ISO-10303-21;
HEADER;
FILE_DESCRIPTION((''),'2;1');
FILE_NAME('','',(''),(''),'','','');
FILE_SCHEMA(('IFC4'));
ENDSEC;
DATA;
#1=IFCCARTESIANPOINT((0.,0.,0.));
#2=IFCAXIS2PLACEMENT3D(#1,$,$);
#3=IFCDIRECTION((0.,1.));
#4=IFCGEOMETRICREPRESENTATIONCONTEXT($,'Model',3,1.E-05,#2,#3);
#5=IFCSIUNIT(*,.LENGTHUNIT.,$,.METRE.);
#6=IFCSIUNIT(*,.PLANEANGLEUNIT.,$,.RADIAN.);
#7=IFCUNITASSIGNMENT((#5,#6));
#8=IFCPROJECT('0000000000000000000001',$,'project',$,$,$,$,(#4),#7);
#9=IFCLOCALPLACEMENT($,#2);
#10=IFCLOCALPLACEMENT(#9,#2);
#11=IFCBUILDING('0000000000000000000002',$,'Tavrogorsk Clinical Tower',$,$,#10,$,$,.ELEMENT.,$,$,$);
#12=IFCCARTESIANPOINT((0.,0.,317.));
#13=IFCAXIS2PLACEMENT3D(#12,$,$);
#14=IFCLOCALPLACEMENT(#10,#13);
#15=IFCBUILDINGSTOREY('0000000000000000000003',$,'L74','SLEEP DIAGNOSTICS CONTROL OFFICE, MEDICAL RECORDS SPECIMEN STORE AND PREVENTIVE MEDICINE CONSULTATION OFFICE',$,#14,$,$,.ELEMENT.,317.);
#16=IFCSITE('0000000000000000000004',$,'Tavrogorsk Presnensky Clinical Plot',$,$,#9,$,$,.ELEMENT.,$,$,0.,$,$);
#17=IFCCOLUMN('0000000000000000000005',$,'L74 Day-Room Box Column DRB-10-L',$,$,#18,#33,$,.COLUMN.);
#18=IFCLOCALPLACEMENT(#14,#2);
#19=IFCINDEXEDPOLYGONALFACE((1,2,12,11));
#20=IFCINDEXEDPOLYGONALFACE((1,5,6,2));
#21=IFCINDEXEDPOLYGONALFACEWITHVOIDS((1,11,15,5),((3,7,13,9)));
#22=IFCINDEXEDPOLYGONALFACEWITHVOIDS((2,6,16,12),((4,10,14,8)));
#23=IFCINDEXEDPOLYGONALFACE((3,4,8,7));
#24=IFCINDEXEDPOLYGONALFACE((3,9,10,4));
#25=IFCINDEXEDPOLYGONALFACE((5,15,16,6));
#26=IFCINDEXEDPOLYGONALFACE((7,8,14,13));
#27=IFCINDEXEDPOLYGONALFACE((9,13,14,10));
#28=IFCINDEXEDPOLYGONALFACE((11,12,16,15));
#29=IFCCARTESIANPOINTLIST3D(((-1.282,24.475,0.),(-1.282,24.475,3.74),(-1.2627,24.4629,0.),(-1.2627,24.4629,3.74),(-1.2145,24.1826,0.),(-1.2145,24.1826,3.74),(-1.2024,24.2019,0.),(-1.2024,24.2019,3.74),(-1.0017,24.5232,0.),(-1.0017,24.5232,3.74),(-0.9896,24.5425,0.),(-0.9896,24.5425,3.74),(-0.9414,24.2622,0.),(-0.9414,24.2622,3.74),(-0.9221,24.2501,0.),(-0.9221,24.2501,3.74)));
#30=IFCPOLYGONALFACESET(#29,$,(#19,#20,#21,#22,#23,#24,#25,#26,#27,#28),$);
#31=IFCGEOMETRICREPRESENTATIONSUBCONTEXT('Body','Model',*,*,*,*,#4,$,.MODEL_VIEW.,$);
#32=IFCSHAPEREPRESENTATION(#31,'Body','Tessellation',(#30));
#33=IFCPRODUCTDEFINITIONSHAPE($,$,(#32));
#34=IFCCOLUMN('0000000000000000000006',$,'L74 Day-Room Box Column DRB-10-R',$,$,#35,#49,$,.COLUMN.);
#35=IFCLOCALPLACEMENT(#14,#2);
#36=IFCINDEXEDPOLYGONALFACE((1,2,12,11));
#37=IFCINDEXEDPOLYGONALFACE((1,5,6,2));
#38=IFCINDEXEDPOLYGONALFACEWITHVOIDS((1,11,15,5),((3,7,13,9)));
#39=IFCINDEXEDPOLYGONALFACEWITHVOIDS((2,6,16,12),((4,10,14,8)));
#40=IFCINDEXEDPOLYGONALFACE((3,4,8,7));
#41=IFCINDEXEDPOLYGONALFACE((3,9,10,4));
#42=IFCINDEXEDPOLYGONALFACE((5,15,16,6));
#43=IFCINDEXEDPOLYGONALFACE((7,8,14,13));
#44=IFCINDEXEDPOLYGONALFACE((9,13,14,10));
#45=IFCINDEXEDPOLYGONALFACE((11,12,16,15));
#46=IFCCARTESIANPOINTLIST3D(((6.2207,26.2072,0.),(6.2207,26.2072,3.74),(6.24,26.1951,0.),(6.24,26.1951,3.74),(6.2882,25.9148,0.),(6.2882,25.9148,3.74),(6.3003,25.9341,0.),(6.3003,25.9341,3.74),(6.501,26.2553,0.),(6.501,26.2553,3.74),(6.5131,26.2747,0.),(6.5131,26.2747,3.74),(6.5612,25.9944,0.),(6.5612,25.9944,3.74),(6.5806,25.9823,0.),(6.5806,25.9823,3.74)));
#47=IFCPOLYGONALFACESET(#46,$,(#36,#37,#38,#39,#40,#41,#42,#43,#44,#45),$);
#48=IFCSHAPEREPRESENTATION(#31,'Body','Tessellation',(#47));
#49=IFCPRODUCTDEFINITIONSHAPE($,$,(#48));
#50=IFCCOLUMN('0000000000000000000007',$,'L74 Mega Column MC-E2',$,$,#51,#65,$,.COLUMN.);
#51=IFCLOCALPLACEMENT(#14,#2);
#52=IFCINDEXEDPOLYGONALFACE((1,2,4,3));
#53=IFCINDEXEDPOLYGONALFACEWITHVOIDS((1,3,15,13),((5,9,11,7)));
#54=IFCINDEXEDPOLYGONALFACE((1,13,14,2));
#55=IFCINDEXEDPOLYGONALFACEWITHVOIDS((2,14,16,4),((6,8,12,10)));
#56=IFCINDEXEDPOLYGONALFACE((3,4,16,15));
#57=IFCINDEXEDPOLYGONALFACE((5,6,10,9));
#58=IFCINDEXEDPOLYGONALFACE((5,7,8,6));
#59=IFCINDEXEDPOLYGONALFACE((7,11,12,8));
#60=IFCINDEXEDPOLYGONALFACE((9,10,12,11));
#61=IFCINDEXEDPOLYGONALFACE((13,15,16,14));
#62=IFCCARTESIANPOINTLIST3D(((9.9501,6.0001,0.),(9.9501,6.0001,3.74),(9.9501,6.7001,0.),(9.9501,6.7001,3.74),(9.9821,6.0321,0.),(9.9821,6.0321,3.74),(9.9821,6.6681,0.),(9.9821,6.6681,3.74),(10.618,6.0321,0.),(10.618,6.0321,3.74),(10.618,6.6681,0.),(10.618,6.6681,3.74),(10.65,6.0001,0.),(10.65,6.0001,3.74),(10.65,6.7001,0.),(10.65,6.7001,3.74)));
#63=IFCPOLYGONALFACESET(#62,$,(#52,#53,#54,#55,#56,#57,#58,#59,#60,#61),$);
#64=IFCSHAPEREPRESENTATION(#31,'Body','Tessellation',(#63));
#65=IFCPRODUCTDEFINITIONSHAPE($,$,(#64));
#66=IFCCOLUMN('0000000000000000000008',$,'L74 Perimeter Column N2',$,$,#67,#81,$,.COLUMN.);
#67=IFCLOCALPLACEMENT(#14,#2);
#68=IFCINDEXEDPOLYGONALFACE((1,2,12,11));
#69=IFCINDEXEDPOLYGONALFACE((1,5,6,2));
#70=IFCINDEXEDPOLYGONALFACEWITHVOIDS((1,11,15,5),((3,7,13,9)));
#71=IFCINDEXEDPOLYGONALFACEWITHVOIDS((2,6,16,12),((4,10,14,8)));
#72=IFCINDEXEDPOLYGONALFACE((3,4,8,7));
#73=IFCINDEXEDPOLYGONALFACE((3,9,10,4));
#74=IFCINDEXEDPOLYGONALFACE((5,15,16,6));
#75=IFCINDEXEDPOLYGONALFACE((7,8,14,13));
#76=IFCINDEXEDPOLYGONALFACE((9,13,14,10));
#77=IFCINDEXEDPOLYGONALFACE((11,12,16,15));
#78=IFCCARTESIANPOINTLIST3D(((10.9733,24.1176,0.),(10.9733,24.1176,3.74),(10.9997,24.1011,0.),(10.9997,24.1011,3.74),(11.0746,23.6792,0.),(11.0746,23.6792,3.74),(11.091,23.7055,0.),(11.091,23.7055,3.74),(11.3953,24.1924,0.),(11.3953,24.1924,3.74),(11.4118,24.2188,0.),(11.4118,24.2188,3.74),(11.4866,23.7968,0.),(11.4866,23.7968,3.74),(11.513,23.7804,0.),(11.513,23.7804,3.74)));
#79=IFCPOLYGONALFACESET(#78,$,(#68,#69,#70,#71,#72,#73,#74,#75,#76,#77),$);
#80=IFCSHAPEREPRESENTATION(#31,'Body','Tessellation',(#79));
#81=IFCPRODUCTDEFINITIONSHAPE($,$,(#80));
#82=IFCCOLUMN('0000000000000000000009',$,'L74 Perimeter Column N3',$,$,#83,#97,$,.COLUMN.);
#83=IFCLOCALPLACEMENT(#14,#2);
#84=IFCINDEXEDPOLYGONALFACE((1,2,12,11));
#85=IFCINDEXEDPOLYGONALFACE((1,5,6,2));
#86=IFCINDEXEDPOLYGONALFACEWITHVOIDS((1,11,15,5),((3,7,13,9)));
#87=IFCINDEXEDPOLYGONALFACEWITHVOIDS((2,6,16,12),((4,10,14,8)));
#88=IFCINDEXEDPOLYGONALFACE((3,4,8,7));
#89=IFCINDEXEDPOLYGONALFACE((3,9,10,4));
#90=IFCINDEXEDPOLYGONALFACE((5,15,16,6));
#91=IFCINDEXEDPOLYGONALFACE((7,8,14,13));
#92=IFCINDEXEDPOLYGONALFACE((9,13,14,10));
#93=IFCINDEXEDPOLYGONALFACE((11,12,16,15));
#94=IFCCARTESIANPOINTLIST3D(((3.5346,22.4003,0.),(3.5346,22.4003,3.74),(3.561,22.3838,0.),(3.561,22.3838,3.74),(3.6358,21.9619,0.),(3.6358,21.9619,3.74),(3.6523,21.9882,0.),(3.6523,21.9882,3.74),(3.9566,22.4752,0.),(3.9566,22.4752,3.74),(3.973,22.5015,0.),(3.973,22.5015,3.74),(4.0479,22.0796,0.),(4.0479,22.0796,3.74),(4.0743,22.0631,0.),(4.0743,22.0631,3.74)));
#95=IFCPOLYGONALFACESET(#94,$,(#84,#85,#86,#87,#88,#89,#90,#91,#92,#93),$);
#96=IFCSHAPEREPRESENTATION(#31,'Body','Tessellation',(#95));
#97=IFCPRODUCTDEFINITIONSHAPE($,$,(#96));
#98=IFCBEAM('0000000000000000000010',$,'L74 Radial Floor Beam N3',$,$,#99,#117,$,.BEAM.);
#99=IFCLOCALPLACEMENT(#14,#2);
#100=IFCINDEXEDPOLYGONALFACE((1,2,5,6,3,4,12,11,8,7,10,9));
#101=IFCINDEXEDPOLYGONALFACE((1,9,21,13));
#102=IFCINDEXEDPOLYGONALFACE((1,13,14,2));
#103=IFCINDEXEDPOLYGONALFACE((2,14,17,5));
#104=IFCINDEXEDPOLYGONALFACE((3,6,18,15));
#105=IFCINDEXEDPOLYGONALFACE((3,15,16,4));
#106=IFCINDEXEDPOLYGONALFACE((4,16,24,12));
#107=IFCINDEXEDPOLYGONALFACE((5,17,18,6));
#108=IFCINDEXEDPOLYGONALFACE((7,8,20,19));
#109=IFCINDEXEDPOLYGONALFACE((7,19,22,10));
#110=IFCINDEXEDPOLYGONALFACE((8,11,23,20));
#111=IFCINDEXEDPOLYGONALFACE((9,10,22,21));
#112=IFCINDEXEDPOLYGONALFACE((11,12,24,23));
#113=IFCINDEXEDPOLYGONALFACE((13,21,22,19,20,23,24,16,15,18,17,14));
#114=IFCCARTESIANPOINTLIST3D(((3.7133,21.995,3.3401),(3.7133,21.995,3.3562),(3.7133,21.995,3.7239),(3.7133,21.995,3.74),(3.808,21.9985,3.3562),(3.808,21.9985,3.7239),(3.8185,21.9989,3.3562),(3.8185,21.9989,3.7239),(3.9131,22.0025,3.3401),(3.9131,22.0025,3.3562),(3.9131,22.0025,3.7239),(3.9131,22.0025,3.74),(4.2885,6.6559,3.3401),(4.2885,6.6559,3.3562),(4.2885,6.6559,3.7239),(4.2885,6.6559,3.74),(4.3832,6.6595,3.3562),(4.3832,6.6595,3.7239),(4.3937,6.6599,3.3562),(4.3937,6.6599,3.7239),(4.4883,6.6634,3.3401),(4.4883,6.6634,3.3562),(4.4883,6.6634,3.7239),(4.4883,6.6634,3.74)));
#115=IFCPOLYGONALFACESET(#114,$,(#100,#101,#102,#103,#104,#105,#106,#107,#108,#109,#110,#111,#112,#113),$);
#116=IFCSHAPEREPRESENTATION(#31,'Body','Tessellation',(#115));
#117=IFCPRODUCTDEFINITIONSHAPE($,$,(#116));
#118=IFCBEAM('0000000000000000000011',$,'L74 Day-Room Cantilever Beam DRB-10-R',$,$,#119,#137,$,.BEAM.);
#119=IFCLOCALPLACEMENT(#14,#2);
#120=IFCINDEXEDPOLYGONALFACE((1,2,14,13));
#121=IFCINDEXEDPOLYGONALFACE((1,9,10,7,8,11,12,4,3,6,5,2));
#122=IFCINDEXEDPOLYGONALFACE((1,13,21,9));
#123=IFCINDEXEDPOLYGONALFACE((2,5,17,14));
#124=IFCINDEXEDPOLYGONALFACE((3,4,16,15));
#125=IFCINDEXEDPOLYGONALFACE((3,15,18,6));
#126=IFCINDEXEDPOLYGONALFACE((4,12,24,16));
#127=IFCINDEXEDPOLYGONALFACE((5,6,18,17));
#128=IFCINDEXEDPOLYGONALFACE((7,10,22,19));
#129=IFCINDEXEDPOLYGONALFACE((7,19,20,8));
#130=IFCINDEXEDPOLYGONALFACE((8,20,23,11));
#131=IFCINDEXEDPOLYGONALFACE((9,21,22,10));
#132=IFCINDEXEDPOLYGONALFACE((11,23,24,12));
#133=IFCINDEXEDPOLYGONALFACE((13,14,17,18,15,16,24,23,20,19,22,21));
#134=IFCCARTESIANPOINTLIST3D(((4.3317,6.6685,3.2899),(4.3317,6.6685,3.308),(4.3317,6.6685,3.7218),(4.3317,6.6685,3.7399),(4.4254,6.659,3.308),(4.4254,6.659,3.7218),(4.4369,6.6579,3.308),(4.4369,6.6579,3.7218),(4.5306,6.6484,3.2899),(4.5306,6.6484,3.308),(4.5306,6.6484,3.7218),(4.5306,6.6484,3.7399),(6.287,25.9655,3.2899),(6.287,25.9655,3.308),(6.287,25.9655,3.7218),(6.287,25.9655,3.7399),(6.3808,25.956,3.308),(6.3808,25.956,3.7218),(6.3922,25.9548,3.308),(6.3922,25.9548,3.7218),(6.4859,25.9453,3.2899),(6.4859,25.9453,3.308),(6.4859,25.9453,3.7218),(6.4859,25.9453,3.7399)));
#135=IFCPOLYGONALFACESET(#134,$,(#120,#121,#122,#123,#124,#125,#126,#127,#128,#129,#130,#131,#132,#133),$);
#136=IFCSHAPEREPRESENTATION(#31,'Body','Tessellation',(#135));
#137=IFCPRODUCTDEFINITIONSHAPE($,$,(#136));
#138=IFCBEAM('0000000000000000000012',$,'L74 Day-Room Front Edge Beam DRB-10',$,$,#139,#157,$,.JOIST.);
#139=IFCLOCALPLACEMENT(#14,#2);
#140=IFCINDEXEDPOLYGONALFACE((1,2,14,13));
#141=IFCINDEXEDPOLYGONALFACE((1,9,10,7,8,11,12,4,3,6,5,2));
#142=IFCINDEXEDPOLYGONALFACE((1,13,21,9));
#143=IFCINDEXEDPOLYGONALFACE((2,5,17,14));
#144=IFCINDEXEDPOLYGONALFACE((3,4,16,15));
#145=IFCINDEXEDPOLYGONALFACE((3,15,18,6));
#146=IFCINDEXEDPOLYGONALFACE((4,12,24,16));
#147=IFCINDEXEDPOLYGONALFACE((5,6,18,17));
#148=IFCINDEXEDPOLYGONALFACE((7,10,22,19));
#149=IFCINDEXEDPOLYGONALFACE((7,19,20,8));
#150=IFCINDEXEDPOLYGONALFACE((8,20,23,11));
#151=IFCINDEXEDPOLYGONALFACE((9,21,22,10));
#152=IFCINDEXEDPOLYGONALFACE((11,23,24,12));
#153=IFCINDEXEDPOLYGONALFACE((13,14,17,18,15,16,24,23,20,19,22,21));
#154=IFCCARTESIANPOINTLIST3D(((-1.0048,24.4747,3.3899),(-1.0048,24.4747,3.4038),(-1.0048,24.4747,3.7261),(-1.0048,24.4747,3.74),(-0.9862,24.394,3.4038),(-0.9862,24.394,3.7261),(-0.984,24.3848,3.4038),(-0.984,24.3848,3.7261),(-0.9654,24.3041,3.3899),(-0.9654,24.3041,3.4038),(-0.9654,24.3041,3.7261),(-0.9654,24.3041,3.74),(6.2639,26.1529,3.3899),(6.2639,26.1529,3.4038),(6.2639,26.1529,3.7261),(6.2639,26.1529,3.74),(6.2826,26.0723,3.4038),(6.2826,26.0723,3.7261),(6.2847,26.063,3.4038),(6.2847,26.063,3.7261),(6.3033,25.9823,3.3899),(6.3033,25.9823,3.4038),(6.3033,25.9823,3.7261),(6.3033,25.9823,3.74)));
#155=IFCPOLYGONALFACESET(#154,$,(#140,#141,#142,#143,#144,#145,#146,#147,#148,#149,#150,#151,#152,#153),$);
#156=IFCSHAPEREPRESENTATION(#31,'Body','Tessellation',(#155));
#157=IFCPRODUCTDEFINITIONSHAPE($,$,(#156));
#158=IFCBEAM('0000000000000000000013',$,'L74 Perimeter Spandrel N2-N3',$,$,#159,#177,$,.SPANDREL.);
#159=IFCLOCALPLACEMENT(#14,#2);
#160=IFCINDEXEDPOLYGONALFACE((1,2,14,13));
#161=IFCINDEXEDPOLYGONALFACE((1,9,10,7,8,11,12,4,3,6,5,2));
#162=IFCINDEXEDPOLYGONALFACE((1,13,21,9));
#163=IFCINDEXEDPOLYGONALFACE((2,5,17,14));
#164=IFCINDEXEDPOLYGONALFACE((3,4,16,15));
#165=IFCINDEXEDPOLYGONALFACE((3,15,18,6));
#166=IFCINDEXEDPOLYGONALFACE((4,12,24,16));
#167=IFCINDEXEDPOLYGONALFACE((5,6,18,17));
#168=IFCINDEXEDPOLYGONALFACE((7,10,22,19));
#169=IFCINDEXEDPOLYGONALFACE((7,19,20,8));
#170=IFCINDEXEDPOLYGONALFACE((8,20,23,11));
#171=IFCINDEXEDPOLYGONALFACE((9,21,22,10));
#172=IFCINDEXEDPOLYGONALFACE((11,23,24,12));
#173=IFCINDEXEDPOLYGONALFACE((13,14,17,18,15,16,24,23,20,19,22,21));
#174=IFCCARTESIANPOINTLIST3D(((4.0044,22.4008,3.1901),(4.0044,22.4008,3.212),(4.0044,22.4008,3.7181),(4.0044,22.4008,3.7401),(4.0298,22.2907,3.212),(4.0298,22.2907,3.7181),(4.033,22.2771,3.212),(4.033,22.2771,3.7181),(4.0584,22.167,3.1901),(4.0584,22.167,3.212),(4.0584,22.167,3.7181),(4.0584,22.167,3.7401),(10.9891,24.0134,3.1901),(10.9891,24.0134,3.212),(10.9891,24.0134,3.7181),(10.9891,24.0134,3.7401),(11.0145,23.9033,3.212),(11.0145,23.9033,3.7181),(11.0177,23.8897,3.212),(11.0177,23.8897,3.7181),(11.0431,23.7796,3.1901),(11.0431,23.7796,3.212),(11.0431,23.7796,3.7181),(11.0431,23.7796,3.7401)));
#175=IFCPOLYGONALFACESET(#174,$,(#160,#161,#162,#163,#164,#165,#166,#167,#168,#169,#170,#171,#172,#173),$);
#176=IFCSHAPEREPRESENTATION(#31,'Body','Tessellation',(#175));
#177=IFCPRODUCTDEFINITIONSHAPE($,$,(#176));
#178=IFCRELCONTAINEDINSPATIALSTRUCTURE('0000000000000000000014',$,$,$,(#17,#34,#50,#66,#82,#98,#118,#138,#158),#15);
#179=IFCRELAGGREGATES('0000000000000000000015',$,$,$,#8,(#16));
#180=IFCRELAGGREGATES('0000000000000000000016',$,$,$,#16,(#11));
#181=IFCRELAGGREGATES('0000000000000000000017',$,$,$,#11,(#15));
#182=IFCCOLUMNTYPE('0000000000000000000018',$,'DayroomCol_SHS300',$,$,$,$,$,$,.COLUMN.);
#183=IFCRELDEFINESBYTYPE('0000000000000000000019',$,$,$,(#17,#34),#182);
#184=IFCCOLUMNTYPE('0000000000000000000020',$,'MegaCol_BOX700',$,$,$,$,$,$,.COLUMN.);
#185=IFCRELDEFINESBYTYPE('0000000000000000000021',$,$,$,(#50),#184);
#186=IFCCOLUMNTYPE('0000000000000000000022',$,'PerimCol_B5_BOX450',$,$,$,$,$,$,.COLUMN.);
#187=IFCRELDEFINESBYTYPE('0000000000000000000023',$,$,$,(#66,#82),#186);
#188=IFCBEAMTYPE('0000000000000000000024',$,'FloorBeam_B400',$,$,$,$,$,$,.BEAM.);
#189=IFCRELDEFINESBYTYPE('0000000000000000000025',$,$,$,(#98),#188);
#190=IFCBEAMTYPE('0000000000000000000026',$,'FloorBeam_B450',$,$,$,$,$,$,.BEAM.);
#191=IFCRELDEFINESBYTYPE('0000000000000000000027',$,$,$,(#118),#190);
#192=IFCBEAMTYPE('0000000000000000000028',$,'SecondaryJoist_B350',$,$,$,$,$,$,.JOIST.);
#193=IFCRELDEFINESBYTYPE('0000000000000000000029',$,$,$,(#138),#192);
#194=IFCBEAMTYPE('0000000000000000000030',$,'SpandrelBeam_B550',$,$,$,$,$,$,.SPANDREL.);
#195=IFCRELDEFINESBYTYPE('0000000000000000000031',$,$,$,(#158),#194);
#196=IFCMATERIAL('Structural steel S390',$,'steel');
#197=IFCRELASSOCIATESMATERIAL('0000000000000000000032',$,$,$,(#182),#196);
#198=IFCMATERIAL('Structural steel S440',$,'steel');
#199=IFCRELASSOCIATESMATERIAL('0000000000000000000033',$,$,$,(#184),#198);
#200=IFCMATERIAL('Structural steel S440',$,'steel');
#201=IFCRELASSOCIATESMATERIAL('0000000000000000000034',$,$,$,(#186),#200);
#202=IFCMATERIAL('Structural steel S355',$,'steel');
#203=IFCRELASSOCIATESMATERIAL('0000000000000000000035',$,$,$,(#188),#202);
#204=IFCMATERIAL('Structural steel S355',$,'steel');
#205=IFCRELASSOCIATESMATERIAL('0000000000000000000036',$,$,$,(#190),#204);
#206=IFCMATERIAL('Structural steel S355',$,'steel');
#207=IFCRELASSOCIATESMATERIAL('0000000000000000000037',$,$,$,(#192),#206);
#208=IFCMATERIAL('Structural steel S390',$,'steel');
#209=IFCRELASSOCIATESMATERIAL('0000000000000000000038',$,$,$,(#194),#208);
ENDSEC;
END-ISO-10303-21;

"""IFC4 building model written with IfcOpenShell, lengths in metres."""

from ifc_helpers import new_model, si_unit, direction, frame, origin, origin_2d, place, context, subcontext, project, spatial, hollow_rectangle, i_section, extrude, material, material_profile, profile_set, type_object, element, save


model = new_model("IFC4")

# Units and contexts
model_context = context("Model", 3, precision=1e-05, world=origin(), true_north=direction((0.0, 1.0)))
body_context = subcontext(model_context, "Body", "Model", "MODEL_VIEW")
ifc_project = project(units=[si_unit("LENGTHUNIT", "METRE"), si_unit("PLANEANGLEUNIT", "RADIAN")], contexts=[model_context])

# Site, building, storey
site_placement = place(None, origin())
site = spatial("IfcSite", under=ifc_project, at=site_placement, Name="Tavrogorsk Presnensky Clinical Plot", CompositionType="ELEMENT", RefElevation=0.0)
building_placement = place(site_placement, origin())
building = spatial("IfcBuilding", under=site, at=building_placement, Name="Tavrogorsk Clinical Tower", CompositionType="ELEMENT")
storey_placement = place(building_placement, frame((0.0, 0.0, 317.0)))
storey = spatial("IfcBuildingStorey", under=building, at=storey_placement, Name="L74", Description="SLEEP DIAGNOSTICS CONTROL OFFICE, MEDICAL RECORDS SPECIMEN STORE AND PREVENTIVE MEDICINE CONSULTATION OFFICE", CompositionType="ELEMENT", Elevation=317.0)

# Columns
ifc_material_1 = material(Name="Structural steel S390", Category="steel")
ifc_material_profile_1 = material_profile(ifc_material_1, hollow_rectangle(XDim=0.3, YDim=0.3, WallThickness=0.0161, at=origin_2d()), Name="SHS-300x300x16")
ifc_profile_set_1 = profile_set([ifc_material_profile_1], Name="Structural steel S390")
column_type_1 = type_object("IfcColumnType", Name="DayroomCol_SHS300", PredefinedType="COLUMN", material=ifc_profile_set_1)
for number, where, z_axis, x_axis, name in (
    (1, (-1.1021, 24.3625, 0.0), (0.0, 0.0, 1.0), (0.97437, 0.224951, 0.0), "L74 Day-Room Box Column DRB-10-L"),
    (2, (6.4006, 26.0947, 0.0), (0.0, 0.0, 1.0), (0.97437, 0.224951, 0.0), "L74 Day-Room Box Column DRB-10-R"),
):
    element("IfcColumn", number, at=place(storey_placement, frame(where, z_axis=z_axis, x_axis=x_axis)), inside=storey, type_object=column_type_1, Name=name, PredefinedType="COLUMN", context=body_context, shape_type="SweptSolid", body=[
        extrude(hollow_rectangle(XDim=0.3, YDim=0.3, WallThickness=0.0161, at=origin_2d()), origin(), (0.0, 0.0, 1.0), 3.74),
    ])
ifc_material_2 = material(Name="Structural steel S440", Category="steel")
ifc_material_profile_2 = material_profile(ifc_material_2, hollow_rectangle(XDim=0.7, YDim=0.7, WallThickness=0.032, at=origin_2d()), Name="BOX-700x700x32")
ifc_profile_set_2 = profile_set([ifc_material_profile_2], Name="Structural steel S440")
column_type_2 = type_object("IfcColumnType", Name="MegaCol_BOX700", PredefinedType="COLUMN", material=ifc_profile_set_2)
column_placement = place(storey_placement, frame((10.3, 6.3501, 0.0), z_axis=(0.0, 0.0, 1.0), x_axis=(1.0, 0.0, 0.0)))
element("IfcColumn", 3, at=column_placement, inside=storey, type_object=column_type_2, Name="L74 Mega Column MC-E2", PredefinedType="COLUMN", context=body_context, shape_type="SweptSolid", body=[
    extrude(hollow_rectangle(XDim=0.7, YDim=0.7, WallThickness=0.032, at=origin_2d()), origin(), (0.0, 0.0, 1.0), 3.74),
])
ifc_material_3 = material(Name="Structural steel S440", Category="steel")
ifc_material_profile_3 = material_profile(ifc_material_3, hollow_rectangle(XDim=0.45, YDim=0.45, WallThickness=0.022, at=origin_2d()), Name="BOX-450x450x22")
ifc_profile_set_3 = profile_set([ifc_material_profile_3], Name="Structural steel S440")
column_type_3 = type_object("IfcColumnType", Name="PerimCol_B5_BOX450", PredefinedType="COLUMN", material=ifc_profile_set_3)
for number, where, z_axis, x_axis, name in (
    (4, (11.2432, 23.949, 0.0), (0.0, 0.0, 1.0), (0.97437, 0.224951, 0.0), "L74 Perimeter Column N2"),
    (5, (3.8044, 22.2317, 0.0), (0.0, 0.0, 1.0), (0.97437, 0.224951, 0.0), "L74 Perimeter Column N3"),
):
    element("IfcColumn", number, at=place(storey_placement, frame(where, z_axis=z_axis, x_axis=x_axis)), inside=storey, type_object=column_type_3, Name=name, PredefinedType="COLUMN", context=body_context, shape_type="SweptSolid", body=[
        extrude(hollow_rectangle(XDim=0.45, YDim=0.45, WallThickness=0.022, at=origin_2d()), origin(), (0.0, 0.0, 1.0), 3.74),
    ])

# Beams
ifc_material_4 = material(Name="Structural steel S355", Category="steel")
ifc_material_profile_4 = material_profile(ifc_material_4, i_section(OverallWidth=0.2, OverallDepth=0.3999, WebThickness=0.0105, FlangeThickness=0.0161, at=origin_2d()), Name="B-400x200x10.5x16")
ifc_profile_set_4 = profile_set([ifc_material_profile_4], Name="Structural steel S355")
beam_type_1 = type_object("IfcBeamType", Name="FloorBeam_B400", PredefinedType="BEAM", material=ifc_profile_set_4)
beam_1_placement = place(storey_placement, frame((4.3884, 6.6597, 3.54), z_axis=(-0.037472, 0.999298, 0.0), x_axis=(-0.999298, -0.037472, 0.0)))
element("IfcBeam", 6, at=beam_1_placement, inside=storey, type_object=beam_type_1, Name="L74 Radial Floor Beam N3", PredefinedType="BEAM", context=body_context, shape_type="SweptSolid", body=[
    extrude(i_section(OverallWidth=0.2, OverallDepth=0.3999, WebThickness=0.0105, FlangeThickness=0.0161, at=origin_2d()), origin(), (0.0, 0.0, 1.0), 15.3499),
])
ifc_material_5 = material(Name="Structural steel S355", Category="steel")
ifc_material_profile_5 = material_profile(ifc_material_5, i_section(OverallWidth=0.2, OverallDepth=0.45, WebThickness=0.0115, FlangeThickness=0.0181, at=origin_2d()), Name="B-450x200x11.5x18")
ifc_profile_set_5 = profile_set([ifc_material_profile_5], Name="Structural steel S355")
beam_type_2 = type_object("IfcBeamType", Name="FloorBeam_B450", PredefinedType="BEAM", material=ifc_profile_set_5)
beam_2_placement = place(storey_placement, frame((4.4312, 6.6584, 3.5149), z_axis=(0.100812, 0.994905, 0.0), x_axis=(-0.994905, 0.100812, 0.0)))
element("IfcBeam", 7, at=beam_2_placement, inside=storey, type_object=beam_type_2, Name="L74 Day-Room Cantilever Beam DRB-10-R", PredefinedType="BEAM", context=body_context, shape_type="SweptSolid", body=[
    extrude(i_section(OverallWidth=0.2, OverallDepth=0.45, WebThickness=0.0115, FlangeThickness=0.0181, at=origin_2d()), origin(), (0.0, 0.0, 1.0), 19.3958),
])
ifc_material_6 = material(Name="Structural steel S355", Category="steel")
ifc_material_profile_6 = material_profile(ifc_material_6, i_section(OverallWidth=0.175, OverallDepth=0.3501, WebThickness=0.0095, FlangeThickness=0.0139, at=origin_2d()), Name="B-350x175x9.5x14")
ifc_profile_set_6 = profile_set([ifc_material_profile_6], Name="Structural steel S355")
beam_type_3 = type_object("IfcBeamType", Name="SecondaryJoist_B350", PredefinedType="JOIST", material=ifc_profile_set_6)
beam_3_placement = place(storey_placement, frame((-0.9851, 24.3894, 3.5649), z_axis=(0.974367, 0.224962, 0.0), x_axis=(-0.224962, 0.974367, 0.0)))
element("IfcBeam", 8, at=beam_3_placement, inside=storey, type_object=beam_type_3, Name="L74 Day-Room Front Edge Beam DRB-10", PredefinedType="JOIST", context=body_context, shape_type="SweptSolid", body=[
    extrude(i_section(OverallWidth=0.175, OverallDepth=0.3501, WebThickness=0.0095, FlangeThickness=0.0139, at=origin_2d()), origin(), (0.0, 0.0, 1.0), 7.46),
])
ifc_material_7 = material(Name="Structural steel S390", Category="steel")
ifc_material_profile_7 = material_profile(ifc_material_7, i_section(OverallWidth=0.24, OverallDepth=0.55, WebThickness=0.0139, FlangeThickness=0.022, at=origin_2d()), Name="B-550x240x14x22")
ifc_profile_set_7 = profile_set([ifc_material_profile_7], Name="Structural steel S390")
beam_type_4 = type_object("IfcBeamType", Name="SpandrelBeam_B550", PredefinedType="SPANDREL", material=ifc_profile_set_7)
for number, where, z_axis, x_axis, name in (
    (9, (11.0161, 23.8965, 3.4651), (-0.974369, -0.224954, 0.0), (0.224954, -0.974369, 0.0), "L74 Perimeter Spandrel N2-N3"),
):
    element("IfcBeam", number, at=place(storey_placement, frame(where, z_axis=z_axis, x_axis=x_axis)), inside=storey, type_object=beam_type_4, Name=name, PredefinedType="SPANDREL", context=body_context, shape_type="SweptSolid", body=[
        extrude(i_section(OverallWidth=0.24, OverallDepth=0.55, WebThickness=0.0139, FlangeThickness=0.022, at=origin_2d()), origin(), (0.0, 0.0, 1.0), 7.1685),
    ])

save(model, "model.ifc")
